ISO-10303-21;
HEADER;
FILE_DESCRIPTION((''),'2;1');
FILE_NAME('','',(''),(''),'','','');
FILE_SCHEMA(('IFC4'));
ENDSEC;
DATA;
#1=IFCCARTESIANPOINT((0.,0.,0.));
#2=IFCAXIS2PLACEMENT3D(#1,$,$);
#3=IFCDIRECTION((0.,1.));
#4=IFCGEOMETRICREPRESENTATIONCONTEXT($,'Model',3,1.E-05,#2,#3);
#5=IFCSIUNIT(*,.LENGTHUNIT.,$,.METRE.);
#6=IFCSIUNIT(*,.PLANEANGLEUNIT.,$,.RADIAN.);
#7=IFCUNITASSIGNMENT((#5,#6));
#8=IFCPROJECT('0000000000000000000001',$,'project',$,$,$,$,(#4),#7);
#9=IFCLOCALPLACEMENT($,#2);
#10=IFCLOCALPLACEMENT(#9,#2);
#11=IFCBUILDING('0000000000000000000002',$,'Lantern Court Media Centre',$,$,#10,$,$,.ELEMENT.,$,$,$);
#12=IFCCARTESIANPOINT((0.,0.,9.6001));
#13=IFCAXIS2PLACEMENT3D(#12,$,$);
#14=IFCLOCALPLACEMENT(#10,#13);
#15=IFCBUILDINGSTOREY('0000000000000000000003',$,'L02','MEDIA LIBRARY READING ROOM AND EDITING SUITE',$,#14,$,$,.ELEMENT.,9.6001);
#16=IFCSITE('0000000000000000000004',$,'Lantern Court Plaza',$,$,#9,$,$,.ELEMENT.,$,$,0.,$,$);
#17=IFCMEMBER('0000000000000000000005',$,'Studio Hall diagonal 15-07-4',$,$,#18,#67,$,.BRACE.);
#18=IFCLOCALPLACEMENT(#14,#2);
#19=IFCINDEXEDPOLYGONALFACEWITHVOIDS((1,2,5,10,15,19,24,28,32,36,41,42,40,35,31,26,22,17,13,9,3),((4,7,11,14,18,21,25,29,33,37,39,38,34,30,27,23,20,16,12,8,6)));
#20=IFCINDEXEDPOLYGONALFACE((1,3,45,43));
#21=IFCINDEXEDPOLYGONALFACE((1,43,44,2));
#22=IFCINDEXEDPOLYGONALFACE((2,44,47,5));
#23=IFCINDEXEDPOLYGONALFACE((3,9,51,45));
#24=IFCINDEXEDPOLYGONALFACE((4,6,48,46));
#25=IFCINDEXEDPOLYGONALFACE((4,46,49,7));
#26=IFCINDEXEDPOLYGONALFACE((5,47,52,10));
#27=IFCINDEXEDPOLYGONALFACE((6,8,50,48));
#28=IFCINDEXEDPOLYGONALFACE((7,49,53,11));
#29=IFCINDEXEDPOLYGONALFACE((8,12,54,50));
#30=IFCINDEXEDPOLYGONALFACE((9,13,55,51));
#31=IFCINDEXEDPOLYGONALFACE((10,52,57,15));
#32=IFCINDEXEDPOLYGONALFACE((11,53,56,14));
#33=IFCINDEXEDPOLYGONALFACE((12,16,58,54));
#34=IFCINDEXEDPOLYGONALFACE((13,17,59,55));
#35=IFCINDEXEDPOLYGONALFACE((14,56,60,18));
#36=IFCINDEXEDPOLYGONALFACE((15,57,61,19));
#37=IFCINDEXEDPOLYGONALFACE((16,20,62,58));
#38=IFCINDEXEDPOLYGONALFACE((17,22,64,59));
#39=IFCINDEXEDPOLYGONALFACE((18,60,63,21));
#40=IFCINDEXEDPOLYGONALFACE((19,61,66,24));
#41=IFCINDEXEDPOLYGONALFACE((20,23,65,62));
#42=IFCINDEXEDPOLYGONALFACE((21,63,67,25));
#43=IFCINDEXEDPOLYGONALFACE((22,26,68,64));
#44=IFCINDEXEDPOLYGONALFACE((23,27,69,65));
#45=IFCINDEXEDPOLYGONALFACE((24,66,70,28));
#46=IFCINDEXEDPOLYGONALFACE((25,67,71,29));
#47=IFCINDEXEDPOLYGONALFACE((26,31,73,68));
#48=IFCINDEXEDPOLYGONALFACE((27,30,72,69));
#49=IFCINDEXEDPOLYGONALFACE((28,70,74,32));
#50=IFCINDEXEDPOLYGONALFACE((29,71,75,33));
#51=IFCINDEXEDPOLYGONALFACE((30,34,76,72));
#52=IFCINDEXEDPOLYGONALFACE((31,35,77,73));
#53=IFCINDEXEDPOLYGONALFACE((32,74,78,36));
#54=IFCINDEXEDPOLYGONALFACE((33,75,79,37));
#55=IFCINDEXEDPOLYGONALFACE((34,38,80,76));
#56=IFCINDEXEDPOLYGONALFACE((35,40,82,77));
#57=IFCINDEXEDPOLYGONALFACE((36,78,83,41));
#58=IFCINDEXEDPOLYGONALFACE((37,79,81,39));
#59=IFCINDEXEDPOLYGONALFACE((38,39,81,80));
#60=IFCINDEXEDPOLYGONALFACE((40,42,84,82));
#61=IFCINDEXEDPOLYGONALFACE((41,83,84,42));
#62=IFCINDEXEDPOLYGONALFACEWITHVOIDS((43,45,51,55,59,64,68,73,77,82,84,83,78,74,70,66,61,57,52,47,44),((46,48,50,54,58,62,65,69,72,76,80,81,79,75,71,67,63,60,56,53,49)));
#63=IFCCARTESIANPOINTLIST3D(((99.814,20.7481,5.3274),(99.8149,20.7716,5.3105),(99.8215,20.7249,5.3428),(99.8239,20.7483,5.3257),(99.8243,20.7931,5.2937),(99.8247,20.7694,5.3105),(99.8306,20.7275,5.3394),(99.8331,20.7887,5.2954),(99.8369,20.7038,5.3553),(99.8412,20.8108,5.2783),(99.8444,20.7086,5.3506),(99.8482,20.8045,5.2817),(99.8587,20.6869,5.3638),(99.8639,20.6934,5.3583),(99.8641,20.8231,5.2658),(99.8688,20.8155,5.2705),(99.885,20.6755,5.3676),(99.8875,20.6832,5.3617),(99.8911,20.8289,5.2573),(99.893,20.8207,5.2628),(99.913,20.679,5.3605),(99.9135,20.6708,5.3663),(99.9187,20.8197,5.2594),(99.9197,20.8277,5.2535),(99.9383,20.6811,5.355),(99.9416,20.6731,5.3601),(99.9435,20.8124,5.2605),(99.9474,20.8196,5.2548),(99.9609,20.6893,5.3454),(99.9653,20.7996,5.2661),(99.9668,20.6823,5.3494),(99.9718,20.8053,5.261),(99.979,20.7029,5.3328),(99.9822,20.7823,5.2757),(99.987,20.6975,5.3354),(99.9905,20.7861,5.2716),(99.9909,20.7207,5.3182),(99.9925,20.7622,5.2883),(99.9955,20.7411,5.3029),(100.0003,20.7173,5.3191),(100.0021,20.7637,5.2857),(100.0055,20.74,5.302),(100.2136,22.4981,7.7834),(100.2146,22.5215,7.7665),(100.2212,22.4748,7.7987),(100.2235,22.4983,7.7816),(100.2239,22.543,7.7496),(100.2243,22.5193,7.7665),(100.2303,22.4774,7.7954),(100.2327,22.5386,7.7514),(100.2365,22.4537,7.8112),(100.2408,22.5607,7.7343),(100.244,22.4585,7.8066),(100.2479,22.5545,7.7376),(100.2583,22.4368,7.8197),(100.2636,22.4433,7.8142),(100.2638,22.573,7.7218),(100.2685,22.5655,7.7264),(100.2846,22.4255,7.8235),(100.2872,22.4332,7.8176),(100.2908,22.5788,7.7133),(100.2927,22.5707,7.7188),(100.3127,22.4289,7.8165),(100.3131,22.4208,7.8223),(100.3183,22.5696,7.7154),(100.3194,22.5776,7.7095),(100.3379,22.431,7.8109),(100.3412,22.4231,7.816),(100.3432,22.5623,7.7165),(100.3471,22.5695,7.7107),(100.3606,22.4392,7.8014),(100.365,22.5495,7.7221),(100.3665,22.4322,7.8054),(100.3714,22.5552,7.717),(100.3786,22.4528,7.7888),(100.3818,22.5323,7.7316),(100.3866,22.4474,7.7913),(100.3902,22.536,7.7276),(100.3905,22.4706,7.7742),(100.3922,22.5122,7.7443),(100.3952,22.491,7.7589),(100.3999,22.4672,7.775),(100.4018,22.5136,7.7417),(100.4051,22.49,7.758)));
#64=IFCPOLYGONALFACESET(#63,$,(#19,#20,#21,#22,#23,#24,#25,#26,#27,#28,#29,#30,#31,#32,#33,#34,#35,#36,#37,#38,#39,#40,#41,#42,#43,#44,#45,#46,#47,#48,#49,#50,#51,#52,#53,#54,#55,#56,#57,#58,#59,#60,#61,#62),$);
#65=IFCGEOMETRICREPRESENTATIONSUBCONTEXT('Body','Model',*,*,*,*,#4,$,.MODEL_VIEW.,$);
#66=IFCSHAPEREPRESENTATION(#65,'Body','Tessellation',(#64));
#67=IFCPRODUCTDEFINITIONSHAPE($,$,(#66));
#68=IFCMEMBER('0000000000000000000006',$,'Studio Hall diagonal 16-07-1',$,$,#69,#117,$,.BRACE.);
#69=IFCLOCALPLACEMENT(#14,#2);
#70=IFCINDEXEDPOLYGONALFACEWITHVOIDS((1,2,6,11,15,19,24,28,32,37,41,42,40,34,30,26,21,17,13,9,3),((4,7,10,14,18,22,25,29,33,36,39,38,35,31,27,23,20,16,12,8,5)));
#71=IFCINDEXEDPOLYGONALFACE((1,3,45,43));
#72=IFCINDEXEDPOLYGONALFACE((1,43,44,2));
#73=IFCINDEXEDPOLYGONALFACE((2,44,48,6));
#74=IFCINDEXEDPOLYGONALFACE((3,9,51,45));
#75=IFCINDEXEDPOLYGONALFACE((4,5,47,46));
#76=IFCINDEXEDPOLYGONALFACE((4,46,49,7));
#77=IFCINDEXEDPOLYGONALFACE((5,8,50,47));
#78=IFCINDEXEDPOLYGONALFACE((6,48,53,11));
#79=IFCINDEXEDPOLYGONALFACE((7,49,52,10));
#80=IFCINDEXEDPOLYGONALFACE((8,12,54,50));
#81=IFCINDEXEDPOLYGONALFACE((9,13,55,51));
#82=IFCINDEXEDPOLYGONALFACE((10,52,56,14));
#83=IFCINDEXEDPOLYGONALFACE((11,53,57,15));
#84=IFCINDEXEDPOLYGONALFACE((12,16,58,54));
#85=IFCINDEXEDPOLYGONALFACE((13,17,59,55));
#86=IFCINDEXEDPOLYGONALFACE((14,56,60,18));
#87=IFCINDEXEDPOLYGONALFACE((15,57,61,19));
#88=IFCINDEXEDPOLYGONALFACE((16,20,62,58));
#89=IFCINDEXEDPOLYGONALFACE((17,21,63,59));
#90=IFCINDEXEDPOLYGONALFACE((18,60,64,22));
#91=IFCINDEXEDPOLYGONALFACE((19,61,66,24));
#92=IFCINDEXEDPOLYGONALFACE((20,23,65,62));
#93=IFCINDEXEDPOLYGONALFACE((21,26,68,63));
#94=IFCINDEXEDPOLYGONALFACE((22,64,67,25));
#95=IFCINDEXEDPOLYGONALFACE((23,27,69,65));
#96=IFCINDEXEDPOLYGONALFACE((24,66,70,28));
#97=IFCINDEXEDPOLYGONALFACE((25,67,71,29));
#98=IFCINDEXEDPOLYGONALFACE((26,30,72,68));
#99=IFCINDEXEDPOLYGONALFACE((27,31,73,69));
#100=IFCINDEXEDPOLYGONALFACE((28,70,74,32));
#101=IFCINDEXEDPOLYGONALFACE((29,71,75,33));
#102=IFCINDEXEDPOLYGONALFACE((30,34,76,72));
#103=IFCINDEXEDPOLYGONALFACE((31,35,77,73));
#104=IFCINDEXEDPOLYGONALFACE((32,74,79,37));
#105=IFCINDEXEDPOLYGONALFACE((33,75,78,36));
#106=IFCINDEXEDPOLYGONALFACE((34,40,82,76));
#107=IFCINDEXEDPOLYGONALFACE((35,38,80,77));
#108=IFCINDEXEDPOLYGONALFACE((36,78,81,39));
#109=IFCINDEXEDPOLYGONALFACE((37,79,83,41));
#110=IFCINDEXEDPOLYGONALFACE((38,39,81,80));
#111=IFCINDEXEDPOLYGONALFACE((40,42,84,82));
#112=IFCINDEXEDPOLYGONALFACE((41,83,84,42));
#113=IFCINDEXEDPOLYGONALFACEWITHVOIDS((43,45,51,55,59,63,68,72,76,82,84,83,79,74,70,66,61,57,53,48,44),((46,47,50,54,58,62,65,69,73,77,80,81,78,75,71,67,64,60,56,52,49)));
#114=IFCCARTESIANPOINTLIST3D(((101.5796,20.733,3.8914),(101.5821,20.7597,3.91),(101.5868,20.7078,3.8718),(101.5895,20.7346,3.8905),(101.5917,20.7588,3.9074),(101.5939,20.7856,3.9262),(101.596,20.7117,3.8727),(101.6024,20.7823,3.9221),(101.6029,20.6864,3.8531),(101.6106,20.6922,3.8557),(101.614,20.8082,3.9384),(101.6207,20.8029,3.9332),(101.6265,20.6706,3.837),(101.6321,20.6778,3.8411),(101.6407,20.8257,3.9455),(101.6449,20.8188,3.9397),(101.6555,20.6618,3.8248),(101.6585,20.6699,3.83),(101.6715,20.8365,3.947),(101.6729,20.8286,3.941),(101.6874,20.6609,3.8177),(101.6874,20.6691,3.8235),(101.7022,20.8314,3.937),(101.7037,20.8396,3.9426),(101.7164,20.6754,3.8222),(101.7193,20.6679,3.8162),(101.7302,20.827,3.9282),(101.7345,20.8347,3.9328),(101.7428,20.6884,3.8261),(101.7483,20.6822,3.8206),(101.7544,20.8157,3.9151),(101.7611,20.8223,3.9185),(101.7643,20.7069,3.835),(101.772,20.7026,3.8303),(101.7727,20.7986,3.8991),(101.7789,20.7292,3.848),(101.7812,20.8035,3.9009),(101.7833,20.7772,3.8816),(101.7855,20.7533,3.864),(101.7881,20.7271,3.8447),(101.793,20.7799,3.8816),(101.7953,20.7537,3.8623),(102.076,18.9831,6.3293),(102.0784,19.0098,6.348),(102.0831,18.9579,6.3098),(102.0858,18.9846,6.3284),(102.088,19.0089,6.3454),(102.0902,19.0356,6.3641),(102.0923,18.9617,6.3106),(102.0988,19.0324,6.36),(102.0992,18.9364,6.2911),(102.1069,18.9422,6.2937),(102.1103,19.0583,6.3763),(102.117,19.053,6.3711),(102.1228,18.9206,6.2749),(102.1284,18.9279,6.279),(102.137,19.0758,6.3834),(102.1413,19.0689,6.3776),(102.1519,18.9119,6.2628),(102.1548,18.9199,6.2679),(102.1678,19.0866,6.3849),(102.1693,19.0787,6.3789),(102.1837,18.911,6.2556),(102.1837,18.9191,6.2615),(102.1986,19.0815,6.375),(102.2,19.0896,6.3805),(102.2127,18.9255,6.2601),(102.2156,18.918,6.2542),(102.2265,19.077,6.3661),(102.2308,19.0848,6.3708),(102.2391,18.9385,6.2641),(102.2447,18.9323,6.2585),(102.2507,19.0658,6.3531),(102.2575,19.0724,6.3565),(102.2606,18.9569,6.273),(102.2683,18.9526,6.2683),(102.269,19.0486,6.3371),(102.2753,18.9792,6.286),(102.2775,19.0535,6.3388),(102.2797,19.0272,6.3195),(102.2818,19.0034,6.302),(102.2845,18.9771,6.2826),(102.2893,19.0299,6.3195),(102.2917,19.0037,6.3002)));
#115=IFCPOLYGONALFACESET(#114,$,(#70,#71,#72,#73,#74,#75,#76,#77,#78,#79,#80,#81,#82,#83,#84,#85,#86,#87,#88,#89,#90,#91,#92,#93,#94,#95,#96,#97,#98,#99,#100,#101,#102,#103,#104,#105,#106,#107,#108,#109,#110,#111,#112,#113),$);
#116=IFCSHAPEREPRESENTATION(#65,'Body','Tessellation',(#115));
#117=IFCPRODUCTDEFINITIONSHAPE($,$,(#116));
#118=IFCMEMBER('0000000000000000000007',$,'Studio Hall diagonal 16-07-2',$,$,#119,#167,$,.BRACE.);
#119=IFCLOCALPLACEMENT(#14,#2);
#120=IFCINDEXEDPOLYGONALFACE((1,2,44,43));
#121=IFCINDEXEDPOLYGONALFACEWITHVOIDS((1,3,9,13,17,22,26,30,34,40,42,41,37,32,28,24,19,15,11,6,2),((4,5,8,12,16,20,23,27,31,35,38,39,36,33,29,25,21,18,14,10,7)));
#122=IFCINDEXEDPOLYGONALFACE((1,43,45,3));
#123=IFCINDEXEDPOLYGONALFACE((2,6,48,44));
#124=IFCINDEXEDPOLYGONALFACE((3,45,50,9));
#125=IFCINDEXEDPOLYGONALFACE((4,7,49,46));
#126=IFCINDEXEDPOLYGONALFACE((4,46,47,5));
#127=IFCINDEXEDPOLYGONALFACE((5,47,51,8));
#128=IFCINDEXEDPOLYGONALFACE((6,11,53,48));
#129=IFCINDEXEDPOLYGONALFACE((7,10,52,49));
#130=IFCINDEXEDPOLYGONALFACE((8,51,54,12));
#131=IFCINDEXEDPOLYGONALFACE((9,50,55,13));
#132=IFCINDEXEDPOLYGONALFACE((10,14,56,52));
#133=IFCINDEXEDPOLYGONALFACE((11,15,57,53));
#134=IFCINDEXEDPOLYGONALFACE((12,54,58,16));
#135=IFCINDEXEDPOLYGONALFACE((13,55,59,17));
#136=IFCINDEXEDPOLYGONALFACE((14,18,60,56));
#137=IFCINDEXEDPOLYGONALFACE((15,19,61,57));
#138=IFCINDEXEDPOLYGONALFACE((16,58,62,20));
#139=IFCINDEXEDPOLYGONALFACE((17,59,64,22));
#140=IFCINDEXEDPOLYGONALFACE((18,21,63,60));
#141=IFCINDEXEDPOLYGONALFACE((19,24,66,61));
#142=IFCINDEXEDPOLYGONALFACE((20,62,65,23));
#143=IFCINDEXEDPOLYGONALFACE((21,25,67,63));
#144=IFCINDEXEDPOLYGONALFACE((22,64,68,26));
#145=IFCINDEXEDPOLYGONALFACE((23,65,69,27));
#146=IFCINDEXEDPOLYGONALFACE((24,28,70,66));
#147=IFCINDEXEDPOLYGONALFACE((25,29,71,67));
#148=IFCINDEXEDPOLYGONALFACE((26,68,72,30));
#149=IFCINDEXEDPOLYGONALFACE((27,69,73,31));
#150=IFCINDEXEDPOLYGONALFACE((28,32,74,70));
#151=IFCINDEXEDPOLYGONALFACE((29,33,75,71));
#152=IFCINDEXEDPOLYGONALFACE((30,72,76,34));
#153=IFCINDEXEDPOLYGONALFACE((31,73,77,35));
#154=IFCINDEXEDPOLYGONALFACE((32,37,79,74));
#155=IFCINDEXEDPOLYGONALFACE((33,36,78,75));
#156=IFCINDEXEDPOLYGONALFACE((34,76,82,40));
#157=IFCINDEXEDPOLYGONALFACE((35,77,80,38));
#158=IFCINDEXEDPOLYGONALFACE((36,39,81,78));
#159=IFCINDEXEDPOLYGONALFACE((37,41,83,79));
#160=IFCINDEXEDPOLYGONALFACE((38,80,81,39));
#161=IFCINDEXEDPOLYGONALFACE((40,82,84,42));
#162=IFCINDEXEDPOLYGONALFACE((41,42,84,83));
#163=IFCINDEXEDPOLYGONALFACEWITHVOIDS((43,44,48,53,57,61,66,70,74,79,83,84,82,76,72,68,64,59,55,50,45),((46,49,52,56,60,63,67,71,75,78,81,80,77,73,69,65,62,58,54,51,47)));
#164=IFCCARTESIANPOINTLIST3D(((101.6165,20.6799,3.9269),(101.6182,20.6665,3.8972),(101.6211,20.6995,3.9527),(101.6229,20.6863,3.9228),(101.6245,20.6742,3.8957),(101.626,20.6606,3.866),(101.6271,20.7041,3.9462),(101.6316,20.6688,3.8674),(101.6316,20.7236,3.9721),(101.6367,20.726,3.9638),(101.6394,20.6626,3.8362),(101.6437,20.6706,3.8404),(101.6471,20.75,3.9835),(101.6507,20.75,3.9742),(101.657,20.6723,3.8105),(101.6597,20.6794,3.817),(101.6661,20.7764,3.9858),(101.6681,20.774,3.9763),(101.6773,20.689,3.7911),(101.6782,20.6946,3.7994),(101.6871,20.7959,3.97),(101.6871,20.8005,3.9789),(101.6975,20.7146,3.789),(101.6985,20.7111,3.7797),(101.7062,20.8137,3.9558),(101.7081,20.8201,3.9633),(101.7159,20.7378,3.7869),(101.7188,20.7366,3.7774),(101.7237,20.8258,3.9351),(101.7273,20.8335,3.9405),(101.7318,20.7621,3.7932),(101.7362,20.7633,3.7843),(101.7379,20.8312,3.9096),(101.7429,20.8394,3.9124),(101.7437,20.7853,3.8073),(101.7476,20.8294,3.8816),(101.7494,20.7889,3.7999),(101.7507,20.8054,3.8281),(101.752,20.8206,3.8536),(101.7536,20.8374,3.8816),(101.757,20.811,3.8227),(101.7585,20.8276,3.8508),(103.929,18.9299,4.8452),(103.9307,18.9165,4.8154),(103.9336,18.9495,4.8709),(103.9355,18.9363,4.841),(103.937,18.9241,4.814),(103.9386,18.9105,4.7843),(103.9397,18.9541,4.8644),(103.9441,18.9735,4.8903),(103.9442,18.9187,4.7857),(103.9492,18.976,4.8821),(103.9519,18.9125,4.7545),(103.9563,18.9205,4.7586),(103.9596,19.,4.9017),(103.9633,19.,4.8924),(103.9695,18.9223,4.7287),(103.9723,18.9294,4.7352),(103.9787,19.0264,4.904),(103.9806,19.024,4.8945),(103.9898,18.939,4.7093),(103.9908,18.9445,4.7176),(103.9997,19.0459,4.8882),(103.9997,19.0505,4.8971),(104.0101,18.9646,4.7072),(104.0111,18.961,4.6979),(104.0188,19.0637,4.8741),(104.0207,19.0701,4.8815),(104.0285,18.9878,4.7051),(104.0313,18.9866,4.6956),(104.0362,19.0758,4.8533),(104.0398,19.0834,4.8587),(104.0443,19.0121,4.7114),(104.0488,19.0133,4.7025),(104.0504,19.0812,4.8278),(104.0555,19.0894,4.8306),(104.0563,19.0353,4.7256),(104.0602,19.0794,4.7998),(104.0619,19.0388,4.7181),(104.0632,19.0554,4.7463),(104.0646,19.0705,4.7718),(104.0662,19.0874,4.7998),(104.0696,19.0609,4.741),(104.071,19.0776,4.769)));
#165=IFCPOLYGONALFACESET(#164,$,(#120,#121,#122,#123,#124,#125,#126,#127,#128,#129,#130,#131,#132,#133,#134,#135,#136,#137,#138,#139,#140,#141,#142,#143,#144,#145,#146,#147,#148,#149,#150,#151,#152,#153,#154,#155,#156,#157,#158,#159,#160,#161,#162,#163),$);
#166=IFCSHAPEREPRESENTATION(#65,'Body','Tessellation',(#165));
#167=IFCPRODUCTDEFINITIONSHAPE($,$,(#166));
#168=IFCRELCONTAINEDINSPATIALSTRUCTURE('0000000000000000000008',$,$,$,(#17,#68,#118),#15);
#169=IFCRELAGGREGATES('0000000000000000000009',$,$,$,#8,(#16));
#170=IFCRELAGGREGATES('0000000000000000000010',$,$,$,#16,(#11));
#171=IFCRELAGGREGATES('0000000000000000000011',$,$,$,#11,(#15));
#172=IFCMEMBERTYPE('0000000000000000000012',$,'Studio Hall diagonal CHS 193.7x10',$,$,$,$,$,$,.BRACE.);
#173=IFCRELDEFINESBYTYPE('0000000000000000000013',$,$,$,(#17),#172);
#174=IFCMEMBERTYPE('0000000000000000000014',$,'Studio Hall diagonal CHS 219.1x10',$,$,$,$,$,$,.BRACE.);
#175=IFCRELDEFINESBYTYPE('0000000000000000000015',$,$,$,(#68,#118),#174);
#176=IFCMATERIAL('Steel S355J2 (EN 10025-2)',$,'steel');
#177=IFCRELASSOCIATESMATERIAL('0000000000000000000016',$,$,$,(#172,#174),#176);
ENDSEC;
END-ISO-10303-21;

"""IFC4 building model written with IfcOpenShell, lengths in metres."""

from ifc_helpers import new_model, si_unit, direction, frame, origin, origin_2d, place, context, subcontext, project, spatial, hollow_circle, extrude, material, material_profile, profile_set, type_object, element, save


model = new_model("IFC4")

# Units and contexts
model_context = context("Model", 3, precision=1e-05, world=origin(), true_north=direction((0.0, 1.0)))
body_context = subcontext(model_context, "Body", "Model", "MODEL_VIEW")
ifc_project = project(units=[si_unit("LENGTHUNIT", "METRE"), si_unit("PLANEANGLEUNIT", "RADIAN")], contexts=[model_context])

# Site, building, storey
site_placement = place(None, origin())
site = spatial("IfcSite", under=ifc_project, at=site_placement, Name="Lantern Court Plaza", CompositionType="ELEMENT", RefElevation=0.0)
building_placement = place(site_placement, origin())
building = spatial("IfcBuilding", under=site, at=building_placement, Name="Lantern Court Media Centre", CompositionType="ELEMENT")
storey_placement = place(building_placement, frame((0.0, 0.0, 9.6001)))
storey = spatial("IfcBuildingStorey", under=building, at=storey_placement, Name="L02", Description="MEDIA LIBRARY READING ROOM AND EDITING SUITE", CompositionType="ELEMENT", Elevation=9.6001)

# Shared definitions
ifc_material_1 = material(Name="Steel S355J2 (EN 10025-2)", Category="steel")

# Members
ifc_material_profile_1 = material_profile(ifc_material_1, hollow_circle(Radius=0.0969, WallThickness=0.01, at=origin_2d()), Name="Studio Hall diagonal CHS 193.7x10")
ifc_profile_set_1 = profile_set([ifc_material_profile_1], Name="Steel S355J2 (EN 10025-2)")
member_type_1 = type_object("IfcMemberType", Name="Studio Hall diagonal CHS 193.7x10", PredefinedType="BRACE", material=ifc_profile_set_1)
for number, where, z_axis, x_axis, name in (
    (1, (99.9094, 20.75, 5.3105), (0.131375, 0.575259, 0.807352), (-0.9749, 0.222644, 0.0), "Studio Hall diagonal 15-07-4"),
):
    element("IfcMember", number, at=place(storey_placement, frame(where, z_axis=z_axis, x_axis=x_axis)), inside=storey, type_object=member_type_1, Name=name, PredefinedType="BRACE", context=body_context, shape_type="SweptSolid", body=[
        extrude(hollow_circle(Radius=0.0969, WallThickness=0.01, at=origin_2d()), origin(), (0.0, 0.0, 1.0), 3.042),
    ])
ifc_material_profile_2 = material_profile(ifc_material_1, hollow_circle(Radius=0.1096, WallThickness=0.01, at=origin_2d()), Name="Studio Hall diagonal CHS 219.1x10")
ifc_profile_set_2 = profile_set([ifc_material_profile_2], Name="Steel S355J2 (EN 10025-2)")
member_type_2 = type_object("IfcMemberType", Name="Studio Hall diagonal CHS 219.1x10", PredefinedType="BRACE", material=ifc_profile_set_2)
member_1_placement = place(storey_placement, frame((101.6875, 20.75, 3.8816), z_axis=(0.163172, -0.575314, 0.801491), x_axis=(0.962054, 0.272859, 0.0)))
element("IfcMember", 2, at=member_1_placement, inside=storey, type_object=member_type_2, Name="Studio Hall diagonal 16-07-1", PredefinedType="BRACE", context=body_context, shape_type="SweptSolid", body=[
    extrude(hollow_circle(Radius=0.1096, WallThickness=0.01, at=origin_2d()), origin(), (0.0, 0.0, 1.0), 3.0417),
])
for number, where, z_axis, x_axis, name in (
    (3, (101.6875, 20.75, 3.8816), (0.760211, -0.575295, 0.301853), (0.603443, 0.797406, 0.0), "Studio Hall diagonal 16-07-2"),
):
    element("IfcMember", number, at=place(storey_placement, frame(where, z_axis=z_axis, x_axis=x_axis)), inside=storey, type_object=member_type_2, Name=name, PredefinedType="BRACE", context=body_context, shape_type="SweptSolid", body=[
        extrude(hollow_circle(Radius=0.1096, WallThickness=0.01, at=origin_2d()), origin(), (0.0, 0.0, 1.0), 3.042),
    ])

save(model, "model.ifc")
